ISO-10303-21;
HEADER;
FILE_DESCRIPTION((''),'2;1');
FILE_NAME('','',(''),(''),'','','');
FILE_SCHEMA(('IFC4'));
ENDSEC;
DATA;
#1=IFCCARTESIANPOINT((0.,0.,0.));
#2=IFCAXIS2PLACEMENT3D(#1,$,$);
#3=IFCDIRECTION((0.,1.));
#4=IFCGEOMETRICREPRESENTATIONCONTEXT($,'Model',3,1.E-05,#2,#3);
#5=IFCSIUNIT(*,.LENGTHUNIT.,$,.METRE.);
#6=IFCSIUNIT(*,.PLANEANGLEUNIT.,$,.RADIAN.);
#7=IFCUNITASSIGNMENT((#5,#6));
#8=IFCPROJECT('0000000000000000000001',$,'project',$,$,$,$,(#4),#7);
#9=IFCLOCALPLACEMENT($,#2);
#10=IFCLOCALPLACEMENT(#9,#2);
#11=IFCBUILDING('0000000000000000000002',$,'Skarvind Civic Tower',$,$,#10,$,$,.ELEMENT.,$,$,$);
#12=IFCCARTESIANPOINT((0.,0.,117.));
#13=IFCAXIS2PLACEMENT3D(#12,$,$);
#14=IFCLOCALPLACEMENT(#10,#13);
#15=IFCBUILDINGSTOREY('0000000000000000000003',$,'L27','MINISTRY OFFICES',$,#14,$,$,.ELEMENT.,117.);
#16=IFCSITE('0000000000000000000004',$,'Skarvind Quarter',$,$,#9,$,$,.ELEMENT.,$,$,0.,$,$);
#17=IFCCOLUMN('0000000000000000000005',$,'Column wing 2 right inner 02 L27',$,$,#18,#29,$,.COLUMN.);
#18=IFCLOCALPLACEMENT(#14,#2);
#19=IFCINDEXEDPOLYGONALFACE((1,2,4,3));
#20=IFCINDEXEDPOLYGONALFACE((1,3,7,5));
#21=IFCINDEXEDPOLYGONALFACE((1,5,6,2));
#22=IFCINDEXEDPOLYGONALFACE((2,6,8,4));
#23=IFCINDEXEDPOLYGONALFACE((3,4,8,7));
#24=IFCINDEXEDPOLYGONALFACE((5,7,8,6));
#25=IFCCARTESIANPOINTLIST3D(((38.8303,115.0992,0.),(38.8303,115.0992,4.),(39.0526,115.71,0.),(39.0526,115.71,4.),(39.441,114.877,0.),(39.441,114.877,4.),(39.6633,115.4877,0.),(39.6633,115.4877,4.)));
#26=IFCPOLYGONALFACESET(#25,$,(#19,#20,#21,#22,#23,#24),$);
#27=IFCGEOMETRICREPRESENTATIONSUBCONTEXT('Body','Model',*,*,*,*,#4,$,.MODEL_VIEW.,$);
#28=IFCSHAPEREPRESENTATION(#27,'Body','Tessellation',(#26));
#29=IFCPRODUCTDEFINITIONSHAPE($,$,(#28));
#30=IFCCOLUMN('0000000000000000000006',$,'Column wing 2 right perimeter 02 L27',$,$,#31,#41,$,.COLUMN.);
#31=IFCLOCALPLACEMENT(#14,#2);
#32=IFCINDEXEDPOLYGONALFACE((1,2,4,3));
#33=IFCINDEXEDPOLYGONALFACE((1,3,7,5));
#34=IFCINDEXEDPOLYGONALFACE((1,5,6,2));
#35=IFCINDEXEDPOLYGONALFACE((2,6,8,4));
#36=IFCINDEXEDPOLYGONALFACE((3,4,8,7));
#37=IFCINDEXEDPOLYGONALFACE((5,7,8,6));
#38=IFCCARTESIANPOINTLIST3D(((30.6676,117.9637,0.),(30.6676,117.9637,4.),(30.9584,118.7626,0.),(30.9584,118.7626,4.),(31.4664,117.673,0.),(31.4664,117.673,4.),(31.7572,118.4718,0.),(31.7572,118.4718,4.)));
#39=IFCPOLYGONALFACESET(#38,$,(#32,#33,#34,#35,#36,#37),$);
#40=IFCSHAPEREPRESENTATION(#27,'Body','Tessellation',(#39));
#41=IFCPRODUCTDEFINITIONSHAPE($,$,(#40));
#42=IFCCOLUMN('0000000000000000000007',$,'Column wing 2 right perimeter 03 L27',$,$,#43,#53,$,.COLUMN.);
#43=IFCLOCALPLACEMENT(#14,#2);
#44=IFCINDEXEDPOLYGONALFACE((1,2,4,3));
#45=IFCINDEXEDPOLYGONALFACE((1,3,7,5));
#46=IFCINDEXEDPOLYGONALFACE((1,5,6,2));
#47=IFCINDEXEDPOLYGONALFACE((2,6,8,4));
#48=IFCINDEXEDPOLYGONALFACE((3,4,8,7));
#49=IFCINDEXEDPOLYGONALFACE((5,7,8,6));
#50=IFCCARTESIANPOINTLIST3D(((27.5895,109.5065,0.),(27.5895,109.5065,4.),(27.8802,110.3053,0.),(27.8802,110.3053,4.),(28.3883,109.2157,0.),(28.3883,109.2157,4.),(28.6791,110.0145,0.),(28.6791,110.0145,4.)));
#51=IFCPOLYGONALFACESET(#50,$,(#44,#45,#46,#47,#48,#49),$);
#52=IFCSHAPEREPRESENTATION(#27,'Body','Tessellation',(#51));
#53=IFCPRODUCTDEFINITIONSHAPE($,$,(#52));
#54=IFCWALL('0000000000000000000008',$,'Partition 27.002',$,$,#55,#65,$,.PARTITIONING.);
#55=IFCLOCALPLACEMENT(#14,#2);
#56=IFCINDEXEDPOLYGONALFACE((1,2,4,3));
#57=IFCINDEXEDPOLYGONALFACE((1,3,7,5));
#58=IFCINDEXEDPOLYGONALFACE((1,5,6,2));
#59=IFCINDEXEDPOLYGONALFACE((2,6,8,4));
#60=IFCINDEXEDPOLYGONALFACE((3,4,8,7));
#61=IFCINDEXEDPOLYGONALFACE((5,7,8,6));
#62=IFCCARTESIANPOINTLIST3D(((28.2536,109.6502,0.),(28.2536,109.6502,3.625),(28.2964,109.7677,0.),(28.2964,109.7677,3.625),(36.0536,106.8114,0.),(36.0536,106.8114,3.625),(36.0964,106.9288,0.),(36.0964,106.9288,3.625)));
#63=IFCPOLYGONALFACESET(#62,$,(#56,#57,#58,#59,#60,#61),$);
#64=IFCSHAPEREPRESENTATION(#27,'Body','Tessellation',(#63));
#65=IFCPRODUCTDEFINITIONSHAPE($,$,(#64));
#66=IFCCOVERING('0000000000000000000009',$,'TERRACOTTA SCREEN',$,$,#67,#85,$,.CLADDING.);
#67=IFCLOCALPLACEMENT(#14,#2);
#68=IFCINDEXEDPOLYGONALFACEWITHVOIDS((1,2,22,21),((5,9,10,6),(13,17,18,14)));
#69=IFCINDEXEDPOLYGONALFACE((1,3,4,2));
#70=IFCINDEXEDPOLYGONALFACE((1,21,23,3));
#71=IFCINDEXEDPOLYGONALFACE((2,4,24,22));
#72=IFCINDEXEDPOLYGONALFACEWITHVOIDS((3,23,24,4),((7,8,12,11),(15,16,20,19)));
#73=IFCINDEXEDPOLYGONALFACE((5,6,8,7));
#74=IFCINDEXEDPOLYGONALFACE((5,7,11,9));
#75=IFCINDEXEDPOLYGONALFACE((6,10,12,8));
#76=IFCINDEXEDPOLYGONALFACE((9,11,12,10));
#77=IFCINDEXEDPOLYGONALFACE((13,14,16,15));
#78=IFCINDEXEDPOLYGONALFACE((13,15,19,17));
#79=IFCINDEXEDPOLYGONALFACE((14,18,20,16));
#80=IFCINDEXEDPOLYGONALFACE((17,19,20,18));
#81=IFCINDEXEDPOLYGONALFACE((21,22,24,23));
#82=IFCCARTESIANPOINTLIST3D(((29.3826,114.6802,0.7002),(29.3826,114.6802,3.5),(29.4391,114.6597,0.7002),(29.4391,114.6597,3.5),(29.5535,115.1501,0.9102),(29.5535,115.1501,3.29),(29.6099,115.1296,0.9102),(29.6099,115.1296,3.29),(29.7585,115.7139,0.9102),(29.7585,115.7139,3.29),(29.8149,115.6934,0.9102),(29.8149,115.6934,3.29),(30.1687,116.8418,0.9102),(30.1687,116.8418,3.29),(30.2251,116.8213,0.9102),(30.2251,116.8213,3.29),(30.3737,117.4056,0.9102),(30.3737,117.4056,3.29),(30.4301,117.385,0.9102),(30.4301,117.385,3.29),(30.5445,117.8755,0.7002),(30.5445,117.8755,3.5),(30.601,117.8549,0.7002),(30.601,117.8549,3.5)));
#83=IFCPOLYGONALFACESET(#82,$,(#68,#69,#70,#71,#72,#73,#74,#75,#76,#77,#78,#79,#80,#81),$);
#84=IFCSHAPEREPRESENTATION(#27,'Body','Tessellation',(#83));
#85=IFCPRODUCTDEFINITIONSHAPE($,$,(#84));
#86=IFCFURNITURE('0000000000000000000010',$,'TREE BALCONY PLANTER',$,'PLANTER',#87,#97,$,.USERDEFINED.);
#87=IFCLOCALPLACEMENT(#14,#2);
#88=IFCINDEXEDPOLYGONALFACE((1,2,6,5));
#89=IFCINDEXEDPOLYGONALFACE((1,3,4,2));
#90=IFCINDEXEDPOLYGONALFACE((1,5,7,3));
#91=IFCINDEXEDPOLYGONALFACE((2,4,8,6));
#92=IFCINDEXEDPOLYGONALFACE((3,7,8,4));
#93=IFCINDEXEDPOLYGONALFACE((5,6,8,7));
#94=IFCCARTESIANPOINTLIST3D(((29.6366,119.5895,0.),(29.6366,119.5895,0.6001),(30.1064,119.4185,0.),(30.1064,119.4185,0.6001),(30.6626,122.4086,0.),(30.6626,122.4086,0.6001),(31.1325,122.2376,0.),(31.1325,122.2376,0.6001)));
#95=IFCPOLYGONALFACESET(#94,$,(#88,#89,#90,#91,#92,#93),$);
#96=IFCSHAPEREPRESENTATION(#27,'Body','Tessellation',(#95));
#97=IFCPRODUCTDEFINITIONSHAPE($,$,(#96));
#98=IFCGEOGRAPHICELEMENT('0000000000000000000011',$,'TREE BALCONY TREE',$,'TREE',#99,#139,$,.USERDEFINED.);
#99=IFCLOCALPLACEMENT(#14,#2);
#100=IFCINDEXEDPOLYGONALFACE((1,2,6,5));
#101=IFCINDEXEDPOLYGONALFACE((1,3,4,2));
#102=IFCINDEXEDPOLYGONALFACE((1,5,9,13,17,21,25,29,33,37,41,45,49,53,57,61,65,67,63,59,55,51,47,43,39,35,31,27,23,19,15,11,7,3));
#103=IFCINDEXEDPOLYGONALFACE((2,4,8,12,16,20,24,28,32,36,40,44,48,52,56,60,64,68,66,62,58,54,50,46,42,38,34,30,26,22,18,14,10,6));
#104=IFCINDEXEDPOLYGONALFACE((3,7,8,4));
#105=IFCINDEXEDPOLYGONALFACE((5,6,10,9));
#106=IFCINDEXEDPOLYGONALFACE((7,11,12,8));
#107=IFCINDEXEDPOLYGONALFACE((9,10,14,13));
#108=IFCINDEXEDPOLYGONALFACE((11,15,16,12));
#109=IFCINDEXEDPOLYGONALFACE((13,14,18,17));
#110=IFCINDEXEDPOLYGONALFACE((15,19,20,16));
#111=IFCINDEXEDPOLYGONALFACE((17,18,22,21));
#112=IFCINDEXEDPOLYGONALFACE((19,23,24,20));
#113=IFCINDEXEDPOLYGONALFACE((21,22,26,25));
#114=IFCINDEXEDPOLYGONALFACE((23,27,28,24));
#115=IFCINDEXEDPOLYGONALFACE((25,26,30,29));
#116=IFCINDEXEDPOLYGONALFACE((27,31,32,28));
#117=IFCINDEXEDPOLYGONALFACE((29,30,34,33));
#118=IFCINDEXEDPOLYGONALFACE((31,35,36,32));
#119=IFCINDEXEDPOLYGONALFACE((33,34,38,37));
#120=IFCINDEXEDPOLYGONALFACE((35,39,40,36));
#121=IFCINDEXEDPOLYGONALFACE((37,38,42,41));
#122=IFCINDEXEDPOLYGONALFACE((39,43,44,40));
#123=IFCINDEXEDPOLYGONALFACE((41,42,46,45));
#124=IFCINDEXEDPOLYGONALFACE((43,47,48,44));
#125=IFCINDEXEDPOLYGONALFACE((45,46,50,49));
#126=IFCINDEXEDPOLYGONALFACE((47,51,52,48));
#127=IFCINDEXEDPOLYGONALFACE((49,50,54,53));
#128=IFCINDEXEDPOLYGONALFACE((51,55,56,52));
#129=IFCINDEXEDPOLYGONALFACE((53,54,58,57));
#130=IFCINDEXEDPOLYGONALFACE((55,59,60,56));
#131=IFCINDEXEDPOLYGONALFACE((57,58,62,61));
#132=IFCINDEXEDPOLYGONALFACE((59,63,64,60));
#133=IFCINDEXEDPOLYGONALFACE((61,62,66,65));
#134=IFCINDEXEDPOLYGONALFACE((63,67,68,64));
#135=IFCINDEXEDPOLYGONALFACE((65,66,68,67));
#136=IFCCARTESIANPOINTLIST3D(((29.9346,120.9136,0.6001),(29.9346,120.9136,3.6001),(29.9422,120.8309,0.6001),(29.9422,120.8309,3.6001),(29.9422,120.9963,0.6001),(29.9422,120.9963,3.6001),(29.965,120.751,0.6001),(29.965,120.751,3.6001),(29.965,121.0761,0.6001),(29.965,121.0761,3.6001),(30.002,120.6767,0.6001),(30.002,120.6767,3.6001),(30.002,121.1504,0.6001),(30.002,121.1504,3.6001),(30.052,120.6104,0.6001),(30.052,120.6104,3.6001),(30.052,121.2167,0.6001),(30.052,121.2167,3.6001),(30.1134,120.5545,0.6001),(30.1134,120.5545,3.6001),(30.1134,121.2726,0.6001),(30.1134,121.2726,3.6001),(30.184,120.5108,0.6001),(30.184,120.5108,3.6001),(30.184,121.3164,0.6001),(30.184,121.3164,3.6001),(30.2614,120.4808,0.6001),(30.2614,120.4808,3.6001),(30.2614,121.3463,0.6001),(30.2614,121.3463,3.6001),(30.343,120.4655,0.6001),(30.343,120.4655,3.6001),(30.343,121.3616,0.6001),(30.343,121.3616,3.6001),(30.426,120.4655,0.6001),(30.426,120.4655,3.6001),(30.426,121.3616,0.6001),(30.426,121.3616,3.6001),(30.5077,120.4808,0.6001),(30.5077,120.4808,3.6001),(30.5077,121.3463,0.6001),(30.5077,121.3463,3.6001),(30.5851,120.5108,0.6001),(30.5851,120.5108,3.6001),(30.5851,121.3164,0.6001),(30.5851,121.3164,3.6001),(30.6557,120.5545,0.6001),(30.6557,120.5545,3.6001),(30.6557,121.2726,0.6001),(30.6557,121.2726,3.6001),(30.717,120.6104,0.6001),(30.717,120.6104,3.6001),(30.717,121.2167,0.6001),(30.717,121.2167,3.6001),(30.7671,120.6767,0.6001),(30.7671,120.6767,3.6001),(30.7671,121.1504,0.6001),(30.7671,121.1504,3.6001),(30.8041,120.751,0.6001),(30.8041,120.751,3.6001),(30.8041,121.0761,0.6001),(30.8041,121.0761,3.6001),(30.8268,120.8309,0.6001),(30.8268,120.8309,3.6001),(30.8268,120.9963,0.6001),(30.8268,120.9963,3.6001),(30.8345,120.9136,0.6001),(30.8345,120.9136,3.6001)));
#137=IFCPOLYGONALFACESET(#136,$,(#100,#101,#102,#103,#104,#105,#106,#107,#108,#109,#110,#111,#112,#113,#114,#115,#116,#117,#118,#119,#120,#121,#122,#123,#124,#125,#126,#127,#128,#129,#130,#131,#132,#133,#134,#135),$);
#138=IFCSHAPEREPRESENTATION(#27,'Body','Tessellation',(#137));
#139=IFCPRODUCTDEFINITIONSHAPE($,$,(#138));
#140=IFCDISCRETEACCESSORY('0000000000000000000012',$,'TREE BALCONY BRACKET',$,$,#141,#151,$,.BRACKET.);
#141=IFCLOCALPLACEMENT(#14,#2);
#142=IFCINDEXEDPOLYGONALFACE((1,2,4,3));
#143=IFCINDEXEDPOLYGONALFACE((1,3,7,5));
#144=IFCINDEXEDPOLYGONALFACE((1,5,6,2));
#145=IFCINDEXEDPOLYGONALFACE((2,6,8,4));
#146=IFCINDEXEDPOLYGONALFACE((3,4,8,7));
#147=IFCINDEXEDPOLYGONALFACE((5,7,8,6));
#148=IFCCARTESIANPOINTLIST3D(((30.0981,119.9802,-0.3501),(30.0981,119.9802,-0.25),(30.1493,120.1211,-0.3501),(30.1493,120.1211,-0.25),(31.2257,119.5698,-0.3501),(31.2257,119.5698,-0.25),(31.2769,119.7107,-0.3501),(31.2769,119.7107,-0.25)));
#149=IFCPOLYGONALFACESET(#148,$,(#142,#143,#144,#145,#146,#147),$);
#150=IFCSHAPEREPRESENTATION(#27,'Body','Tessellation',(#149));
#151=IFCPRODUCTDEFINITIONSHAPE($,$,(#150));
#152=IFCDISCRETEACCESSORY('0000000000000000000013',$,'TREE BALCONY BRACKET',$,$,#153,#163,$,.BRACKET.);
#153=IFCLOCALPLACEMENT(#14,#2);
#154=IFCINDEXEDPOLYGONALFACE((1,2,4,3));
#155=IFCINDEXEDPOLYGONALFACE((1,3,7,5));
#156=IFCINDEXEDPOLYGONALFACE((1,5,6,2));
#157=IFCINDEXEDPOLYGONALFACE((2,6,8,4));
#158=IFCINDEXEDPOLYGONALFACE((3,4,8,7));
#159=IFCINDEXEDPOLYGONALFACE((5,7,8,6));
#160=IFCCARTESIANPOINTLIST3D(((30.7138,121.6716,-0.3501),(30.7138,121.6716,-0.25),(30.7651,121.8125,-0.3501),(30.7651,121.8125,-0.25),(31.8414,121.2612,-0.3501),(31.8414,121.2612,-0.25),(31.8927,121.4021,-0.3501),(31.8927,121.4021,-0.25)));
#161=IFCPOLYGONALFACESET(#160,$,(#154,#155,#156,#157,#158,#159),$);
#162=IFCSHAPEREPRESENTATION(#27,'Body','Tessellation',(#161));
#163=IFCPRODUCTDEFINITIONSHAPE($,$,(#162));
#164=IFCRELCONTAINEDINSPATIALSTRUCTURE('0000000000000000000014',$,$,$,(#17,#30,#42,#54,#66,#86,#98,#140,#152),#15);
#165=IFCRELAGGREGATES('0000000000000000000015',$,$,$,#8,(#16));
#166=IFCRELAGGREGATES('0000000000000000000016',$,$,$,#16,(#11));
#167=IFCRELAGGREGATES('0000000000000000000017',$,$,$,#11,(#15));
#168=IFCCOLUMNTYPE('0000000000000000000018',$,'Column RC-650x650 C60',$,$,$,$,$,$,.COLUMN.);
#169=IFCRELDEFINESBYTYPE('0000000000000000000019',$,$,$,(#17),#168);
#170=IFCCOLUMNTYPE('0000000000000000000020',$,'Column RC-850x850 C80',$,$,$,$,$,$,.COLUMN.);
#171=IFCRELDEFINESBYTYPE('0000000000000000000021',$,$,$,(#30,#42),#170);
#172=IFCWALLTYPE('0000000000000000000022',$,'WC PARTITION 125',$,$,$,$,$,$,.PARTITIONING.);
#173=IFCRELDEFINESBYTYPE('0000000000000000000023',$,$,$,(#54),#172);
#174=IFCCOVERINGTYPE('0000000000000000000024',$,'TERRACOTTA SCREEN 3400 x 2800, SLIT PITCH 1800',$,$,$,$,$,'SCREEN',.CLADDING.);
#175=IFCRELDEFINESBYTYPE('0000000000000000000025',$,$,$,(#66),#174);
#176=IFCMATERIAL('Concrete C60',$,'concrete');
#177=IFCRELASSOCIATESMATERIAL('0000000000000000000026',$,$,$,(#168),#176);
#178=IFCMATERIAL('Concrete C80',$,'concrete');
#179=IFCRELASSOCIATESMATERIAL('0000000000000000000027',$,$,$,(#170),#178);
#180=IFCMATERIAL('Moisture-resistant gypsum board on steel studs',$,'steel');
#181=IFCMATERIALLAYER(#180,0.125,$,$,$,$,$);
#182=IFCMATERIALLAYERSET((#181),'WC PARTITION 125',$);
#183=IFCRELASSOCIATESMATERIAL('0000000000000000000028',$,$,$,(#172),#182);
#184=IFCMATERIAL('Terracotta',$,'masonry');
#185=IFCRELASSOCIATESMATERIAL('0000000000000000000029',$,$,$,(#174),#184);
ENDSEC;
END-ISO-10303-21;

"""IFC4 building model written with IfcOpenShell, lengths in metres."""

from ifc_helpers import new_model, si_unit, direction, frame, frame_2d, origin, origin_2d, place, context, subcontext, project, spatial, polyline, rectangle, circle, outline, extrude, material, layer, layer_set, material_profile, profile_set, type_object, element, save


model = new_model("IFC4")

# Units and contexts
model_context = context("Model", 3, precision=1e-05, world=origin(), true_north=direction((0.0, 1.0)))
body_context = subcontext(model_context, "Body", "Model", "MODEL_VIEW")
ifc_project = project(units=[si_unit("LENGTHUNIT", "METRE"), si_unit("PLANEANGLEUNIT", "RADIAN")], contexts=[model_context])

# Site, building, storey
site_placement = place(None, origin())
site = spatial("IfcSite", under=ifc_project, at=site_placement, Name="Skarvind Quarter", CompositionType="ELEMENT", RefElevation=0.0)
building_placement = place(site_placement, origin())
building = spatial("IfcBuilding", under=site, at=building_placement, Name="Skarvind Civic Tower", CompositionType="ELEMENT")
storey_placement = place(building_placement, frame((0.0, 0.0, 117.0)))
storey = spatial("IfcBuildingStorey", under=building, at=storey_placement, Name="L27", Description="MINISTRY OFFICES", CompositionType="ELEMENT", Elevation=117.0)

# Columns
ifc_material_1 = material(Name="Concrete C60", Category="concrete")
ifc_material_profile_1 = material_profile(ifc_material_1, rectangle(XDim=0.6499, YDim=0.6499, at=origin_2d()), Name="RC-650x650")
ifc_profile_set_1 = profile_set([ifc_material_profile_1], Name="Concrete C60")
column_type_1 = type_object("IfcColumnType", Name="Column RC-650x650 C60", PredefinedType="COLUMN", material=ifc_profile_set_1)
column_placement = place(storey_placement, frame((39.2468, 115.2935, 0.0), z_axis=(0.0, 0.0, 1.0), x_axis=(-0.34202, -0.939693, 0.0)))
element("IfcColumn", 1, at=column_placement, inside=storey, type_object=column_type_1, Name="Column wing 2 right inner 02 L27", PredefinedType="COLUMN", context=body_context, shape_type="SweptSolid", body=[
    extrude(rectangle(XDim=0.6499, YDim=0.6499, at=origin_2d()), origin(), (0.0, 0.0, 1.0), 4.0),
])
ifc_material_2 = material(Name="Concrete C80", Category="concrete")
ifc_material_profile_2 = material_profile(ifc_material_2, rectangle(XDim=0.8501, YDim=0.8501, at=origin_2d()), Name="RC-850x850")
ifc_profile_set_2 = profile_set([ifc_material_profile_2], Name="Concrete C80")
column_type_2 = type_object("IfcColumnType", Name="Column RC-850x850 C80", PredefinedType="COLUMN", material=ifc_profile_set_2)
for number, where, z_axis, x_axis, name in (
    (2, (31.2124, 118.2178, 0.0), (0.0, 0.0, 1.0), (-0.34202, -0.939693, 0.0), "Column wing 2 right perimeter 02 L27"),
    (3, (28.1343, 109.7605, 0.0), (0.0, 0.0, 1.0), (-0.34202, -0.939693, 0.0), "Column wing 2 right perimeter 03 L27"),
):
    element("IfcColumn", number, at=place(storey_placement, frame(where, z_axis=z_axis, x_axis=x_axis)), inside=storey, type_object=column_type_2, Name=name, PredefinedType="COLUMN", context=body_context, shape_type="SweptSolid", body=[
        extrude(rectangle(XDim=0.8501, YDim=0.8501, at=origin_2d()), origin(), (0.0, 0.0, 1.0), 4.0),
    ])

# Wall
ifc_material_3 = material(Name="Moisture-resistant gypsum board on steel studs", Category="steel")
ifc_layer = layer(ifc_material_3, 0.125)
ifc_layer_set = layer_set([ifc_layer], Name="WC PARTITION 125")
wall_type = type_object("IfcWallType", Name="WC PARTITION 125", PredefinedType="PARTITIONING", material=ifc_layer_set)
wall_placement = place(storey_placement, frame((28.2749, 109.709, 0.0), z_axis=(0.0, 0.0, 1.0), x_axis=(0.939697, -0.342008, 0.0)))
element("IfcWall", 4, at=wall_placement, inside=storey, type_object=wall_type, Name="Partition 27.002", PredefinedType="PARTITIONING", context=body_context, shape_type="SweptSolid", body=[
    extrude(rectangle(XDim=8.3005, YDim=0.125, at=frame_2d((4.1504, 0.0))), origin(), (0.0, 0.0, 1.0), 3.625),
])

# Covering
ifc_material_4 = material(Name="Terracotta", Category="masonry")
ifc_material_profile_3 = material_profile(ifc_material_4, outline(polyline([(-1.7, -1.3999), (1.7, -1.3999), (1.7, 1.3999), (-1.7, 1.3999), (-1.7, -1.3999)]), holes=[polyline([(-1.2, -1.1899), (-0.6001, -1.1899), (-0.6001, 1.1899), (-1.2, 1.1899), (-1.2, -1.1899)]), polyline([(0.6001, -1.1899), (1.2, -1.1899), (1.2, 1.1899), (0.6001, 1.1899), (0.6001, -1.1899)])]), Name="TERRACOTTA SCREEN 3400 x 2800, SLIT PITCH 1800")
ifc_profile_set_3 = profile_set([ifc_material_profile_3], Name="Terracotta")
covering_type = type_object("IfcCoveringType", Name="TERRACOTTA SCREEN 3400 x 2800, SLIT PITCH 1800", ElementType="SCREEN", PredefinedType="CLADDING", material=ifc_profile_set_3)
covering_placement = place(storey_placement, frame((30.02, 116.2573, 2.1001), z_axis=(-0.939793, 0.341743, 0.0), x_axis=(-0.341743, -0.939793, 0.0)))
element("IfcCovering", 5, at=covering_placement, inside=storey, type_object=covering_type, Name="TERRACOTTA SCREEN", PredefinedType="CLADDING", context=body_context, shape_type="SweptSolid", body=[
    extrude(outline(polyline([(-1.7, -1.3999), (1.7, -1.3999), (1.7, 1.3999), (-1.7, 1.3999), (-1.7, -1.3999)]), holes=[polyline([(-1.2, -1.1899), (-0.6001, -1.1899), (-0.6001, 1.1899), (-1.2, 1.1899), (-1.2, -1.1899)]), polyline([(0.6001, -1.1899), (1.2, -1.1899), (1.2, 1.1899), (0.6001, 1.1899), (0.6001, -1.1899)])]), origin(), (0.0, 0.0, 1.0), 0.0601),
])

# Furniture
furniture_placement = place(storey_placement, frame((30.3845, 120.9136, 0.0), z_axis=(0.0, 0.0, 1.0), x_axis=(0.34202, 0.939693, 0.0)))
element("IfcFurniture", 6, at=furniture_placement, inside=storey, Name="TREE BALCONY PLANTER", ObjectType="PLANTER", PredefinedType="USERDEFINED", context=body_context, shape_type="SweptSolid", body=[
    extrude(rectangle(XDim=3.0, YDim=0.5, at=origin_2d()), origin(), (0.0, 0.0, 1.0), 0.6001),
])

# Geographic element
geographic_element_placement = place(storey_placement, frame((30.3845, 120.9136, 0.6001), z_axis=(0.0, 0.0, 1.0), x_axis=(1.0, 0.0, 0.0)))
element("IfcGeographicElement", 7, at=geographic_element_placement, inside=storey, Name="TREE BALCONY TREE", ObjectType="TREE", PredefinedType="USERDEFINED", context=body_context, shape_type="SweptSolid", body=[
    extrude(circle(Radius=0.45, at=origin_2d()), origin(), (0.0, 0.0, 1.0), 3.0),
])

# Discrete accessories
for number, where, z_axis, x_axis, name in (
    (8, (30.6875, 119.8455, -0.3501), (0.0, 0.0, 1.0), (0.34202, 0.939693, 0.0), "TREE BALCONY BRACKET"),
    (9, (31.3032, 121.5369, -0.3501), (0.0, 0.0, 1.0), (0.34202, 0.939693, 0.0), "TREE BALCONY BRACKET"),
):
    element("IfcDiscreteAccessory", number, at=place(storey_placement, frame(where, z_axis=z_axis, x_axis=x_axis)), inside=storey, Name=name, PredefinedType="BRACKET", context=body_context, shape_type="SweptSolid", body=[
        extrude(rectangle(XDim=0.1499, YDim=1.2, at=origin_2d()), origin(), (0.0, 0.0, 1.0), 0.1001),
    ])

save(model, "model.ifc")
